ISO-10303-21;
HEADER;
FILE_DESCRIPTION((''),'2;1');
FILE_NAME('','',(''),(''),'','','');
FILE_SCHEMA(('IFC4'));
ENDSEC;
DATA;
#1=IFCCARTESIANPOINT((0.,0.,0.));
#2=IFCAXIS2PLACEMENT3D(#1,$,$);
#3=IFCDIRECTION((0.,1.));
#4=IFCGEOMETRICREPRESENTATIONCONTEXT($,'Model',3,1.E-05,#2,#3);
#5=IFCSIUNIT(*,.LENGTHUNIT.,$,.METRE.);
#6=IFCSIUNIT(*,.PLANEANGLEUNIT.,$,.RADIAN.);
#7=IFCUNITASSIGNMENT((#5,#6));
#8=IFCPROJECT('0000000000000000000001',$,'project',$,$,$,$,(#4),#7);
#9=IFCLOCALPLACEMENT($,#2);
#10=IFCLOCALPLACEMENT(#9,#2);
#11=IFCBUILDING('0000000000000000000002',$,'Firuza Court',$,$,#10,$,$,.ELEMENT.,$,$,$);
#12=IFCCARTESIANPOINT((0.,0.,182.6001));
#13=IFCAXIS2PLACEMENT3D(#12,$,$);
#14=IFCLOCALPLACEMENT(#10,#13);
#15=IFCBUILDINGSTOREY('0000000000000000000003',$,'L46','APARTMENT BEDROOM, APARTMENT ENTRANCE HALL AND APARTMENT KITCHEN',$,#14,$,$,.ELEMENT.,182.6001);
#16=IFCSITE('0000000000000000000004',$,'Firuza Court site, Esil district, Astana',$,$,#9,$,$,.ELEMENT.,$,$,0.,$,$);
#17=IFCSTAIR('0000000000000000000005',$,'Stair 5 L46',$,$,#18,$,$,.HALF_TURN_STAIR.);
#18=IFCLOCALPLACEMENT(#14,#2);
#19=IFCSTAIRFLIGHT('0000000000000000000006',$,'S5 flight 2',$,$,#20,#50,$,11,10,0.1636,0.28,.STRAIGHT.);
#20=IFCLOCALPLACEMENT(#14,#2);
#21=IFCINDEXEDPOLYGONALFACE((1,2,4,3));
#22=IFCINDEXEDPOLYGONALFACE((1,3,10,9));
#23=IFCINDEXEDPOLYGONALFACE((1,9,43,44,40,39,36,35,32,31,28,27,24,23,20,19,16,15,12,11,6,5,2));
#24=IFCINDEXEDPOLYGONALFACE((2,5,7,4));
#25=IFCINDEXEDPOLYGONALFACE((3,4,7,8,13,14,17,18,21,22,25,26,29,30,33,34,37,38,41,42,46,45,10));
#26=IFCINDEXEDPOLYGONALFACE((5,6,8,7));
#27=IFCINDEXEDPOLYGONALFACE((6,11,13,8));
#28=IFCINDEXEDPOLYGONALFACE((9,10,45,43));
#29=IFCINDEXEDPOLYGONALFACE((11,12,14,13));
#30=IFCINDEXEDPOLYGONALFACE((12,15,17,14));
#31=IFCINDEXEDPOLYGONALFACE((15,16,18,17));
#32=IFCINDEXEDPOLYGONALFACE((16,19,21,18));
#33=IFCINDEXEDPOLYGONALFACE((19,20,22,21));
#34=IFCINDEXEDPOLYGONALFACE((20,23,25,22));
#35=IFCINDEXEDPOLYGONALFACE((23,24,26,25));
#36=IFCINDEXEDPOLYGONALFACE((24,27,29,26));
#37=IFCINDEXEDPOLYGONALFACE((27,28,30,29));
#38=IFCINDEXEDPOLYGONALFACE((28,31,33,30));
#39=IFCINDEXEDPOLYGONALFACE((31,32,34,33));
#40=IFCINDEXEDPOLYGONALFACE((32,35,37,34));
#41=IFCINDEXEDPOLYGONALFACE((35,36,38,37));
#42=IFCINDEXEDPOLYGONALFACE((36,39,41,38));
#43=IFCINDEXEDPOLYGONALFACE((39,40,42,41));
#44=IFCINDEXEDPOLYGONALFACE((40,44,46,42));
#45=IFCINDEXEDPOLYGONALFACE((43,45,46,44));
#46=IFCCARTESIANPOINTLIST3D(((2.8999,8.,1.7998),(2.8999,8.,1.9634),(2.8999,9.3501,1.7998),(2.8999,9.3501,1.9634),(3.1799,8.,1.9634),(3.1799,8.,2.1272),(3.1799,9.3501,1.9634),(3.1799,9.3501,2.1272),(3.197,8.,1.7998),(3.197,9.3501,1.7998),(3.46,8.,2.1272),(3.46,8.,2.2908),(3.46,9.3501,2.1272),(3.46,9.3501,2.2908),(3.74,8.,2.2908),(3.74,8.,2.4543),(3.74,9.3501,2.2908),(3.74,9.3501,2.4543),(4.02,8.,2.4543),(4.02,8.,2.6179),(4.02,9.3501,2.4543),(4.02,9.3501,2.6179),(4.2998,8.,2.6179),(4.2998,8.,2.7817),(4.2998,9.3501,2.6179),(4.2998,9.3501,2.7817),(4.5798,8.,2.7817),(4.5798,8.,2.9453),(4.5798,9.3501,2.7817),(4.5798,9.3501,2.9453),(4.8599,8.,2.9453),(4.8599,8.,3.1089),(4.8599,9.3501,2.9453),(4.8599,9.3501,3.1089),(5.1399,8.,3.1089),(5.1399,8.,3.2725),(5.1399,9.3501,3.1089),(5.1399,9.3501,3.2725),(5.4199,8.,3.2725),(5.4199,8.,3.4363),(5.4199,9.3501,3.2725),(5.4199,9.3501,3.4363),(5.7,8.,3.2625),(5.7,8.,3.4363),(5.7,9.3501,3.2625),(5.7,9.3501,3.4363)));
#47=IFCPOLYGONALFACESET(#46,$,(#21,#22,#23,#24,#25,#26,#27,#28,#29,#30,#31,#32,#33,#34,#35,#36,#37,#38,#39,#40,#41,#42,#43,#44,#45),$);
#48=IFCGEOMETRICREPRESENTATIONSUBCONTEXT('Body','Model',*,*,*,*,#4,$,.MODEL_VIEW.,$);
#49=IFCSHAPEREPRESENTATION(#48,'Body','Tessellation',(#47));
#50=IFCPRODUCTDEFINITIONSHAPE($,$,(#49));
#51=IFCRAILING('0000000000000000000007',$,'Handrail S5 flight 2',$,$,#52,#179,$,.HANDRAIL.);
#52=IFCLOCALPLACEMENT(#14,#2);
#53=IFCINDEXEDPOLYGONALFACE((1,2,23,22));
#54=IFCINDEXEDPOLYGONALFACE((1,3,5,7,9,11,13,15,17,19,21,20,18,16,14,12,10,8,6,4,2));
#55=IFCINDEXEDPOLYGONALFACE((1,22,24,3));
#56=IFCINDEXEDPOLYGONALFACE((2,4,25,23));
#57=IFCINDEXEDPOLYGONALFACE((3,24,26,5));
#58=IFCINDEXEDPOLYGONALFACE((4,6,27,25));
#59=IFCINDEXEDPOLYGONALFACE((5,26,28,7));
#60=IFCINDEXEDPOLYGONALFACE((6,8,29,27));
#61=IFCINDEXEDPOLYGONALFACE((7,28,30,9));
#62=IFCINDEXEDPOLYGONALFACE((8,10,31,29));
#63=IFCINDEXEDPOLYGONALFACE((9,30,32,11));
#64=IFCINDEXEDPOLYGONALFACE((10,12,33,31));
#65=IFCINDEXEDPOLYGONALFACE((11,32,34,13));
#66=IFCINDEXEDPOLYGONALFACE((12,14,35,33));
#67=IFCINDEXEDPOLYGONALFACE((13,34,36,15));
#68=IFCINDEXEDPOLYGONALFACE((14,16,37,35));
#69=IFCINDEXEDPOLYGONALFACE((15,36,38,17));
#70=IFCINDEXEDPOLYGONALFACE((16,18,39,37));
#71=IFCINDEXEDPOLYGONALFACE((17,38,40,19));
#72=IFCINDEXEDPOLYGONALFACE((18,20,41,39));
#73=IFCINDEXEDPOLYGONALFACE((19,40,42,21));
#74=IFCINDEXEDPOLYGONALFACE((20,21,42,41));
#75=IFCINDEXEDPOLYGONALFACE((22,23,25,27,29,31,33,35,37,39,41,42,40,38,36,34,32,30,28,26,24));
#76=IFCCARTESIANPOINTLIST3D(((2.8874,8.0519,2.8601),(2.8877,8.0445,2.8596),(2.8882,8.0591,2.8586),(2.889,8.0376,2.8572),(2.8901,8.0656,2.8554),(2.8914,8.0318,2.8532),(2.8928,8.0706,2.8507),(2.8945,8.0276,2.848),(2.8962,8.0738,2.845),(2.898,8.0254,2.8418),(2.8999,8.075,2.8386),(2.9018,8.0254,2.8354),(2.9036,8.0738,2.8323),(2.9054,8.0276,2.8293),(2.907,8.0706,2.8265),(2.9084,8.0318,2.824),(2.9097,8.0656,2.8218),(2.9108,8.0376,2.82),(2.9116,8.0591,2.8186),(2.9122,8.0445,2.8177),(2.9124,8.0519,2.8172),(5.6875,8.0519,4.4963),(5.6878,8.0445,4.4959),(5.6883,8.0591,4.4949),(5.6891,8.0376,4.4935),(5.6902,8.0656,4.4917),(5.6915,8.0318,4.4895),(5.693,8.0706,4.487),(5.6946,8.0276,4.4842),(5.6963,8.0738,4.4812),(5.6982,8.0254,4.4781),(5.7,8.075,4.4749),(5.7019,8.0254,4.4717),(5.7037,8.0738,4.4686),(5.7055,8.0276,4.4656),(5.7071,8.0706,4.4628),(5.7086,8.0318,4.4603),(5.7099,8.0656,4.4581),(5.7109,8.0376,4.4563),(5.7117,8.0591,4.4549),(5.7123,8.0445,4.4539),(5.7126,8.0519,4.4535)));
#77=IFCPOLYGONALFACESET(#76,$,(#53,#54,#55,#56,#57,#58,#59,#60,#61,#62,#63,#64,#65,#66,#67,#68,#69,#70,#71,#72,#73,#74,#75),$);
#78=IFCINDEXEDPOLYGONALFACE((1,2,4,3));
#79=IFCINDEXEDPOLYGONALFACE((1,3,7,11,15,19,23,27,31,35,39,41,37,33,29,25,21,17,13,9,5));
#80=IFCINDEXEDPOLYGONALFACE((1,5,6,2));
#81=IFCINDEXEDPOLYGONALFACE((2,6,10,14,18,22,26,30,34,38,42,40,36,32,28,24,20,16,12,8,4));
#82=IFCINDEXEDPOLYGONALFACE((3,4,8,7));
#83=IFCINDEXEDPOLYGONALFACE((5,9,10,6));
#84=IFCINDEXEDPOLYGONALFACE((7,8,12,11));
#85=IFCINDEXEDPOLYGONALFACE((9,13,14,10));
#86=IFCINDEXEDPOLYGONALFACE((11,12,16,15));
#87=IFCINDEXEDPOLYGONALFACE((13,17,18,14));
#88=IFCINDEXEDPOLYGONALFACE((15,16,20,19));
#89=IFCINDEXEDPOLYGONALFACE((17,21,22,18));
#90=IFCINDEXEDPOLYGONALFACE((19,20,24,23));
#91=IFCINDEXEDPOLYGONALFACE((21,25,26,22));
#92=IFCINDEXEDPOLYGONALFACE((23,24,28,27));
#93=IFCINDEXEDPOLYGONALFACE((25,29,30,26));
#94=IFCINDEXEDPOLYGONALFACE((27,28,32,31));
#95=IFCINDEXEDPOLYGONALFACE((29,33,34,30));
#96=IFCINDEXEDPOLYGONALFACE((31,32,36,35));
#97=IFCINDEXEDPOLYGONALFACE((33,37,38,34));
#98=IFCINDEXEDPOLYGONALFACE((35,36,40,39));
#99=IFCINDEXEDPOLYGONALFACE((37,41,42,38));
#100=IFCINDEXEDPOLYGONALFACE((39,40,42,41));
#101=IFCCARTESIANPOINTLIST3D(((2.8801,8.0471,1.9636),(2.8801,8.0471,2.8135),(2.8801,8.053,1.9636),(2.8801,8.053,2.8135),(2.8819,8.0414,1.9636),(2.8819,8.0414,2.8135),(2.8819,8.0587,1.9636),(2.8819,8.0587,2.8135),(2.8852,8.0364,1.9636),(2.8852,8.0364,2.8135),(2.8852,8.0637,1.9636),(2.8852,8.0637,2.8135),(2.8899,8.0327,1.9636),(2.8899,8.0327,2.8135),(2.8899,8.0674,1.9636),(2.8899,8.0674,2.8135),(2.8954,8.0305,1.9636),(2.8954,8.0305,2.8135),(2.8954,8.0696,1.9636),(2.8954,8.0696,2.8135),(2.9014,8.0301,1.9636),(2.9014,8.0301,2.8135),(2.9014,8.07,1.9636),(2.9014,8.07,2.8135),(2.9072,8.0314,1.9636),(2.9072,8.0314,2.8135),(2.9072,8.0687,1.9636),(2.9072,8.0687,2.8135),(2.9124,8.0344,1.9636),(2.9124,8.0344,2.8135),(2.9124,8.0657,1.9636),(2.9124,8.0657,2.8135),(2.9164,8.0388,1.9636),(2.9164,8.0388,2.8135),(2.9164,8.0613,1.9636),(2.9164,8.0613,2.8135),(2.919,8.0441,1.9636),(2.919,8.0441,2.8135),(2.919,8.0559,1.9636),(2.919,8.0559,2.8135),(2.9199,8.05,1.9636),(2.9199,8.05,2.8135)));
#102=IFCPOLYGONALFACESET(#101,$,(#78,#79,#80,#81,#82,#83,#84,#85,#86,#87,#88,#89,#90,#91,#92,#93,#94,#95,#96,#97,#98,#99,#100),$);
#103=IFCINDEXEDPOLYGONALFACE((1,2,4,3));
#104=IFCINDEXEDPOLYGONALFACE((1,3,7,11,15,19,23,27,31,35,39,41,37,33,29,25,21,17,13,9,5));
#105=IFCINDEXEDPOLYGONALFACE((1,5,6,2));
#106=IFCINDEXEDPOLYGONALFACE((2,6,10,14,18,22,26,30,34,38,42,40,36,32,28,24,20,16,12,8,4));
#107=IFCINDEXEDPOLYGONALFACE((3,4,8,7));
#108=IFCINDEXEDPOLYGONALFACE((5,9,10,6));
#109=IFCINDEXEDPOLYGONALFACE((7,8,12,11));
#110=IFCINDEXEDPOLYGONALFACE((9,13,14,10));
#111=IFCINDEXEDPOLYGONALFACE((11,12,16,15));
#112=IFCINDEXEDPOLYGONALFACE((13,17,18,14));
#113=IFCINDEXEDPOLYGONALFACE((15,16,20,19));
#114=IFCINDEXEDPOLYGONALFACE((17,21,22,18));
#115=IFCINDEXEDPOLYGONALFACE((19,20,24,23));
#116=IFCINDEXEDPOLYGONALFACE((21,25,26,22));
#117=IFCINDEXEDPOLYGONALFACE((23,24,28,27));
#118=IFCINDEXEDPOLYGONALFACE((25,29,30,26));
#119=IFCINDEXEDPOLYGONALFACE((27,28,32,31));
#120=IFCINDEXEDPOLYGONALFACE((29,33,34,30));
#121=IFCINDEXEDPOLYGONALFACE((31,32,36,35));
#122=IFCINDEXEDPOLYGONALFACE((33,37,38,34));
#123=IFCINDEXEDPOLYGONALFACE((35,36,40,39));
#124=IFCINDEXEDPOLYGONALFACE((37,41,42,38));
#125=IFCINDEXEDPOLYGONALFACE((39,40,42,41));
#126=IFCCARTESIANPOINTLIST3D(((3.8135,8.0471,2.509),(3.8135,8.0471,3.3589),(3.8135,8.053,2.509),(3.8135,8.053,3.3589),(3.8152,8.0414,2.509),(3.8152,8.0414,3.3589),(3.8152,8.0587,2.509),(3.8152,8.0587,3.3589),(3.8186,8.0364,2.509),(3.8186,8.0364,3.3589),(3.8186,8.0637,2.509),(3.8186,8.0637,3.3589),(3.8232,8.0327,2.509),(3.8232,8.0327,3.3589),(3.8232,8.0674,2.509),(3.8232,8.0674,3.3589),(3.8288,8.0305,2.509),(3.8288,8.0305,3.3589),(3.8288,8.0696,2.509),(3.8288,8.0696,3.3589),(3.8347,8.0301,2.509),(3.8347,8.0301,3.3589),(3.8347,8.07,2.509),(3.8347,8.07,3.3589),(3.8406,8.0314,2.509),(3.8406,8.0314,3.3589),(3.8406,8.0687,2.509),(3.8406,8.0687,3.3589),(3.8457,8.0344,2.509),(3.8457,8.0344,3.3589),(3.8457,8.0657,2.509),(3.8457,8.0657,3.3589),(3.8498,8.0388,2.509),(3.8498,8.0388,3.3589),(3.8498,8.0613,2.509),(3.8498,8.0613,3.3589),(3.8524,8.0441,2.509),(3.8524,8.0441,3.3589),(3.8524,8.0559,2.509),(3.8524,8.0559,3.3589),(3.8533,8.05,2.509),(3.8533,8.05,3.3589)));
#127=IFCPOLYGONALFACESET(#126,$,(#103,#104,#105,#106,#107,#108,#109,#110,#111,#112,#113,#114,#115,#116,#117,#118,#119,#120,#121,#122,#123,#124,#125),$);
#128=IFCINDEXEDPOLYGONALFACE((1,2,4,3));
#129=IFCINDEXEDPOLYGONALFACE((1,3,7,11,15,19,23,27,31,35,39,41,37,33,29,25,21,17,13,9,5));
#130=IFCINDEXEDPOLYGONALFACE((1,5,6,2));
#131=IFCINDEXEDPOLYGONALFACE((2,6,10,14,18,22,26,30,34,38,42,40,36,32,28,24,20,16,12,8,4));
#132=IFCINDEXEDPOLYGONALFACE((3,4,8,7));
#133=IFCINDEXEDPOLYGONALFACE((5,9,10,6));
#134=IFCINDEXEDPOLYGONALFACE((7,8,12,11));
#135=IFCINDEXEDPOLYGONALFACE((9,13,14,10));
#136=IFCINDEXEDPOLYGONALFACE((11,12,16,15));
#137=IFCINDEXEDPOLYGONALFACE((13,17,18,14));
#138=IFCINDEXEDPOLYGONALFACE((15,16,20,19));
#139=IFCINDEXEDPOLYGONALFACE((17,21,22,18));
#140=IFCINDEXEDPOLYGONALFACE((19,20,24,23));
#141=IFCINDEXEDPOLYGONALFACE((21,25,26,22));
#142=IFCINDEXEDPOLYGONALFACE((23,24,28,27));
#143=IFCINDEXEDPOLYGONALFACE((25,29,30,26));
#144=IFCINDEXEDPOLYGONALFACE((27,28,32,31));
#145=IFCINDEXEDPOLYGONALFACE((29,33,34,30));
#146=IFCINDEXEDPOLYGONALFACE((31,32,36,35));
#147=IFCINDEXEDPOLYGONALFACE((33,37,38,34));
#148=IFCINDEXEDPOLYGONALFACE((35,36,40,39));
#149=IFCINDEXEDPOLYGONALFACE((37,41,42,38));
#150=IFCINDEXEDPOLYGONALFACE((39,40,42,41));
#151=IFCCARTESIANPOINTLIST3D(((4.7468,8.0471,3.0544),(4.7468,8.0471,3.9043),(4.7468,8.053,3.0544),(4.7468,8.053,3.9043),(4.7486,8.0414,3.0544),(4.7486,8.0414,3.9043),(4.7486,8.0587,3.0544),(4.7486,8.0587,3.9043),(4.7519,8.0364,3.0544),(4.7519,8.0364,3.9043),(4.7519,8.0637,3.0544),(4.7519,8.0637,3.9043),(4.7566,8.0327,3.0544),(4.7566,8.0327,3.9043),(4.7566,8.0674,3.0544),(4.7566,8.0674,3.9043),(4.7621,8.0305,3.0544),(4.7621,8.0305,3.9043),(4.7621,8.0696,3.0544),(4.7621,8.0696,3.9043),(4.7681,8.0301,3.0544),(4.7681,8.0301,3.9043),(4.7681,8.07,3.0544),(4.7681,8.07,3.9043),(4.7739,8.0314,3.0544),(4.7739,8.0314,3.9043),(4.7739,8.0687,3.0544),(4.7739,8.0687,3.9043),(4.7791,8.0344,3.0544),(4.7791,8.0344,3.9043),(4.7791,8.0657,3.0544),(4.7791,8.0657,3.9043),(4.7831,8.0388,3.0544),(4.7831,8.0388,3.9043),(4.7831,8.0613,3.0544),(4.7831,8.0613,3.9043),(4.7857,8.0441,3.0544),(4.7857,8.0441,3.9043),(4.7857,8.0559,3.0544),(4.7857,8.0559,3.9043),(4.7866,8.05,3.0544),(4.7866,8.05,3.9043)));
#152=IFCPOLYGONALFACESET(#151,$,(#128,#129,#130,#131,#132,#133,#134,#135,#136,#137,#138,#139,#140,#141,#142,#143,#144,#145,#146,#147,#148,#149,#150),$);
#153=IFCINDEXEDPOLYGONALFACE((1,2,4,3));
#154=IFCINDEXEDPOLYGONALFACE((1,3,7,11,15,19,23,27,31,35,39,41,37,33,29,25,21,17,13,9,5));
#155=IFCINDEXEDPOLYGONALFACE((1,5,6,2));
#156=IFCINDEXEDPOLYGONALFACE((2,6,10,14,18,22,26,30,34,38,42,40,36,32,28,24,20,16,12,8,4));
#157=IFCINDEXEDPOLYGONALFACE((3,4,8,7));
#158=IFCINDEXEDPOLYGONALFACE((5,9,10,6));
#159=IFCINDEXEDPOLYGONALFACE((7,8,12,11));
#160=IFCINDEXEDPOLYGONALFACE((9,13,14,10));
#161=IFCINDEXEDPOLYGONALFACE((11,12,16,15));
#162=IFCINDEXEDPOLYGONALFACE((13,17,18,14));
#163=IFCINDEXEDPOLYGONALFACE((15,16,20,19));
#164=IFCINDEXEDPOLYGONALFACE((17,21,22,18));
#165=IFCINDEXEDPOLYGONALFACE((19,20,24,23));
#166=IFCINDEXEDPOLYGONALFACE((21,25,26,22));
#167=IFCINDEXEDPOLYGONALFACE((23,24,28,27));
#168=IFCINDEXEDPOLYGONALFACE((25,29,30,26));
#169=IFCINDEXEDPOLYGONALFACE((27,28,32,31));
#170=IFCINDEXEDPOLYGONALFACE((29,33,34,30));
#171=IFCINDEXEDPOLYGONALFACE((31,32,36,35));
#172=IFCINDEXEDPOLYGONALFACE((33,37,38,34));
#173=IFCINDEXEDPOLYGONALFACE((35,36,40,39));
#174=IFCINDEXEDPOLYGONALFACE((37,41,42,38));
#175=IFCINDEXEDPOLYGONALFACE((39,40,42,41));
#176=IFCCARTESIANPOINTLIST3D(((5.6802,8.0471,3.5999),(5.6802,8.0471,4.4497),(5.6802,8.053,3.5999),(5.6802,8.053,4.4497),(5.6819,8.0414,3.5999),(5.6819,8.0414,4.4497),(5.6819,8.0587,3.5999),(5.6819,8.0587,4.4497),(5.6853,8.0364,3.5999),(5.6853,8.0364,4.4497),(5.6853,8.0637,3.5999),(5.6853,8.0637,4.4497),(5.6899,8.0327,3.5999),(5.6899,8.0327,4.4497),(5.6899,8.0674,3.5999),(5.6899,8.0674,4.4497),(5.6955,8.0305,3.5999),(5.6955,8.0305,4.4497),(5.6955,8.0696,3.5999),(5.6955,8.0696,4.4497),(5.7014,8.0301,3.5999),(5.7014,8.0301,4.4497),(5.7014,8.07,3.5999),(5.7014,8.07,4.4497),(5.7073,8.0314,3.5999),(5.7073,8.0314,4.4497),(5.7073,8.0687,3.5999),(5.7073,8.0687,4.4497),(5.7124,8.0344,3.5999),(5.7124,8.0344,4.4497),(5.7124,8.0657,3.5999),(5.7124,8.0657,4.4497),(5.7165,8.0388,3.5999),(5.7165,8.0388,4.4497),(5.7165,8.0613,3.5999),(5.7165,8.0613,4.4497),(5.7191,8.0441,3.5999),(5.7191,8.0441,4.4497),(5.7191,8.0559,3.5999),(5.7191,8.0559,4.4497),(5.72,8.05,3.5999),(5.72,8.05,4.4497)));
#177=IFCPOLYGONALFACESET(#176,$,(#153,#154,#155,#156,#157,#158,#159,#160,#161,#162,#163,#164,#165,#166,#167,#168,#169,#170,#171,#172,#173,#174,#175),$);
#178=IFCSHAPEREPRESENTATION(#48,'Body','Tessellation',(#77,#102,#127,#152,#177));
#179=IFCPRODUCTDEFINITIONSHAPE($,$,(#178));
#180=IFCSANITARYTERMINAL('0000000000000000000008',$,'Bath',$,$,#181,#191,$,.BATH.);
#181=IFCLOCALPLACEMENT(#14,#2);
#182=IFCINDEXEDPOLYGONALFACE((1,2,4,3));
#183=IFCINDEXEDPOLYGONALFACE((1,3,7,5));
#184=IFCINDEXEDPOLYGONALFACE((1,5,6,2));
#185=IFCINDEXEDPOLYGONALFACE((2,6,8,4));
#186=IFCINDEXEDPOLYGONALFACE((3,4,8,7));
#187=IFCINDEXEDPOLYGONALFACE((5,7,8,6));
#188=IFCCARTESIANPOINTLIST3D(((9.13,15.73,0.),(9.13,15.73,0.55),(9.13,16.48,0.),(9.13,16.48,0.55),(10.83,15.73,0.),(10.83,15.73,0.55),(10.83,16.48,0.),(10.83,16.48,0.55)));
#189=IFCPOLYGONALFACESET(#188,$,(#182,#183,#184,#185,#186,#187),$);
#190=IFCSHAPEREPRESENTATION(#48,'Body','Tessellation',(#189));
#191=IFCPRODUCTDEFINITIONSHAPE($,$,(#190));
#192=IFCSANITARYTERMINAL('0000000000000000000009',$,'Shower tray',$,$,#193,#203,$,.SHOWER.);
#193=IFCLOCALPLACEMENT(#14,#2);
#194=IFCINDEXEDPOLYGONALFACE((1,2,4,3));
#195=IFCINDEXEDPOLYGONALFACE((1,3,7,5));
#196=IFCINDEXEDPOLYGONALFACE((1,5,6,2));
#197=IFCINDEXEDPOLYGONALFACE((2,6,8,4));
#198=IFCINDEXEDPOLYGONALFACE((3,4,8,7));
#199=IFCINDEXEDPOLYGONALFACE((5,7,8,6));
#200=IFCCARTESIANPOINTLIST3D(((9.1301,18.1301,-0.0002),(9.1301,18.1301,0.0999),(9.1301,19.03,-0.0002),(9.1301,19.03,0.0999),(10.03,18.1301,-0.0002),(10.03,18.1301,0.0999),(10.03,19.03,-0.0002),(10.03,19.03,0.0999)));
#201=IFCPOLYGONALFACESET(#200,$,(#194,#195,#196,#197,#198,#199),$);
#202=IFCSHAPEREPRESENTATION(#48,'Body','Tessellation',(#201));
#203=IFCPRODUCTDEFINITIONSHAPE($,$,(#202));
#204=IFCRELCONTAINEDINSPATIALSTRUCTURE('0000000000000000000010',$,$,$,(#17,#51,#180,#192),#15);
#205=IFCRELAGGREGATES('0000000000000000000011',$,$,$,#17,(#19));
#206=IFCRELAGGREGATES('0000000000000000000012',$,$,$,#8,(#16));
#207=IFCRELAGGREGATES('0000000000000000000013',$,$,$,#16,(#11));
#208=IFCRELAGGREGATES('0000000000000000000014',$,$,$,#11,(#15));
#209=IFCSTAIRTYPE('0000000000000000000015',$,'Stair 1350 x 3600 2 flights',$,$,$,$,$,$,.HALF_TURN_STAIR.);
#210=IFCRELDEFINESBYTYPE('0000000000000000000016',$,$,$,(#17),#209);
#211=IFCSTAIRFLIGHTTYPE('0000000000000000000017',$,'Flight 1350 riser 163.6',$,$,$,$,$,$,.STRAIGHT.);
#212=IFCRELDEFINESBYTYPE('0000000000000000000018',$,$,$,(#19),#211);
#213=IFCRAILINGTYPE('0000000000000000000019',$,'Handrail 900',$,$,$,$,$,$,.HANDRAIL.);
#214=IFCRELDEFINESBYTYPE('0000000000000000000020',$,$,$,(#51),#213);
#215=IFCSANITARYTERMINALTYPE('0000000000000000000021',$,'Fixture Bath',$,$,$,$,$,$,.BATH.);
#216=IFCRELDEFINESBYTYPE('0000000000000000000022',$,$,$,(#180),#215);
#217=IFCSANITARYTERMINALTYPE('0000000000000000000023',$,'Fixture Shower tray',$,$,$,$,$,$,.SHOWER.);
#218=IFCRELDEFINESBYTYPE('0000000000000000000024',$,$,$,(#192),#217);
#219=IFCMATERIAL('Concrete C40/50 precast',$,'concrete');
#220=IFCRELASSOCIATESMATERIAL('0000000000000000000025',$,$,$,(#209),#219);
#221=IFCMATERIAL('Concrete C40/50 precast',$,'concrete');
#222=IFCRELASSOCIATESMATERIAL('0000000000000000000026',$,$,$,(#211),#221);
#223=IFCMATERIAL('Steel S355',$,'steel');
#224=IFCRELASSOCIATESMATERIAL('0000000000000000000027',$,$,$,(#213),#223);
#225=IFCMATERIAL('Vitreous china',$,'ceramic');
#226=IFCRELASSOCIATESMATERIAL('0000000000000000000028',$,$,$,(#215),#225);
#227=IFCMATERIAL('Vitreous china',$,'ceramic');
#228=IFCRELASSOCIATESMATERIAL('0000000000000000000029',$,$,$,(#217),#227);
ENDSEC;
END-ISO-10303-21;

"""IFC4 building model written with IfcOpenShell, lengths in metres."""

from ifc_helpers import new_model, si_unit, direction, frame, origin, origin_2d, place, context, subcontext, project, spatial, polyline, rectangle, circle, outline, extrude, material, type_object, element, aggregate, save


model = new_model("IFC4")

# Units and contexts
model_context = context("Model", 3, precision=1e-05, world=origin(), true_north=direction((0.0, 1.0)))
body_context = subcontext(model_context, "Body", "Model", "MODEL_VIEW")
ifc_project = project(units=[si_unit("LENGTHUNIT", "METRE"), si_unit("PLANEANGLEUNIT", "RADIAN")], contexts=[model_context])

# Site, building, storey
site_placement = place(None, origin())
site = spatial("IfcSite", under=ifc_project, at=site_placement, Name="Firuza Court site, Esil district, Astana", CompositionType="ELEMENT", RefElevation=0.0)
building_placement = place(site_placement, origin())
building = spatial("IfcBuilding", under=site, at=building_placement, Name="Firuza Court", CompositionType="ELEMENT")
storey_placement = place(building_placement, frame((0.0, 0.0, 182.6001)))
storey = spatial("IfcBuildingStorey", under=building, at=storey_placement, Name="L46", Description="APARTMENT BEDROOM, APARTMENT ENTRANCE HALL AND APARTMENT KITCHEN", CompositionType="ELEMENT", Elevation=182.6001)

# Stair, stair flight
ifc_material_1 = material(Name="Concrete C40/50 precast", Category="concrete")
stair_type = type_object("IfcStairType", Name="Stair 1350 x 3600 2 flights", PredefinedType="HALF_TURN_STAIR", material=ifc_material_1)
stair_placement = place(storey_placement, origin())
stair = element("IfcStair", 1, at=stair_placement, inside=storey, type_object=stair_type, Name="Stair 5 L46", PredefinedType="HALF_TURN_STAIR")
ifc_material_2 = material(Name="Concrete C40/50 precast", Category="concrete")
stair_flight_type = type_object("IfcStairFlightType", Name="Flight 1350 riser 163.6", PredefinedType="STRAIGHT", material=ifc_material_2)
stair_flight_placement = place(storey_placement, frame((2.8999, 8.675, 1.7998), z_axis=(0.0, 0.0, 1.0), x_axis=(1.0, 0.0, 0.0)))
stair_flight = element("IfcStairFlight", 2, at=stair_flight_placement, type_object=stair_flight_type, Name="S5 flight 2", NumberOfRisers=11, NumberOfTreads=10, PredefinedType="STRAIGHT", RiserHeight=0.1636, TreadLength=0.28, context=body_context, shape_type="SweptSolid", body=[
    extrude(outline(polyline([(0.0, 0.0), (0.0, 0.1636), (0.28, 0.1636), (0.28, 0.3274), (0.5601, 0.3274), (0.5601, 0.491), (0.8401, 0.491), (0.8401, 0.6545), (1.1201, 0.6545), (1.1201, 0.8181), (1.3999, 0.8181), (1.3999, 0.9819), (1.6799, 0.9819), (1.6799, 1.1455), (1.96, 1.1455), (1.96, 1.3091), (2.24, 1.3091), (2.24, 1.4727), (2.52, 1.4727), (2.52, 1.6365), (2.8, 1.6365), (2.8, 1.8), (2.8, 1.4626), (0.2971, 0.0), (0.0, 0.0)])), frame((0.0, 0.675, 0.0), z_axis=(0.0, -1.0, 0.0), x_axis=(1.0, 0.0, 0.0)), (0.0, 0.0, 1.0), 1.3501),
])
aggregate(stair, [stair_flight])

# Railing
ifc_material_3 = material(Name="Steel S355", Category="steel")
railing_type = type_object("IfcRailingType", Name="Handrail 900", PredefinedType="HANDRAIL", material=ifc_material_3)
railing_placement = place(storey_placement, frame((2.8999, 8.05, 1.9636)))
element("IfcRailing", 3, at=railing_placement, inside=storey, type_object=railing_type, Name="Handrail S5 flight 2", PredefinedType="HANDRAIL", context=body_context, shape_type="SweptSolid", body=[
    extrude(circle(Radius=0.0249, at=origin_2d()), frame((0.0, 0.0, 0.875), z_axis=(0.863394, 0.0, 0.504531), x_axis=(0.0, 1.0, 0.0)), (0.0, 0.0, 1.0), 3.2432),
    extrude(circle(Radius=0.02, at=origin_2d()), origin(), (0.0, 0.0, 1.0), 0.8499),
    extrude(circle(Radius=0.02, at=origin_2d()), frame((0.9333, 0.0, 0.5454)), (0.0, 0.0, 1.0), 0.8499),
    extrude(circle(Radius=0.02, at=origin_2d()), frame((1.8667, 0.0, 1.0908)), (0.0, 0.0, 1.0), 0.8499),
    extrude(circle(Radius=0.02, at=origin_2d()), frame((2.8, 0.0, 1.6362)), (0.0, 0.0, 1.0), 0.8499),
])

# Sanitary terminals
ifc_material_4 = material(Name="Vitreous china", Category="ceramic")
sanitary_terminal_type_1 = type_object("IfcSanitaryTerminalType", Name="Fixture Bath", PredefinedType="BATH", material=ifc_material_4)
sanitary_terminal_1_placement = place(storey_placement, frame((9.98, 16.105, 0.0), z_axis=(0.0, 0.0, 1.0), x_axis=(1.0, 0.0, 0.0)))
element("IfcSanitaryTerminal", 4, at=sanitary_terminal_1_placement, inside=storey, type_object=sanitary_terminal_type_1, Name="Bath", PredefinedType="BATH", context=body_context, shape_type="SweptSolid", body=[
    extrude(rectangle(XDim=1.7, YDim=0.75, at=origin_2d()), origin(), (0.0, 0.0, 1.0), 0.55),
])
ifc_material_5 = material(Name="Vitreous china", Category="ceramic")
sanitary_terminal_type_2 = type_object("IfcSanitaryTerminalType", Name="Fixture Shower tray", PredefinedType="SHOWER", material=ifc_material_5)
sanitary_terminal_2_placement = place(storey_placement, frame((9.5801, 18.5801, -0.0002), z_axis=(0.0, 0.0, 1.0), x_axis=(1.0, 0.0, 0.0)))
element("IfcSanitaryTerminal", 5, at=sanitary_terminal_2_placement, inside=storey, type_object=sanitary_terminal_type_2, Name="Shower tray", PredefinedType="SHOWER", context=body_context, shape_type="SweptSolid", body=[
    extrude(rectangle(XDim=0.8999, YDim=0.8999, at=origin_2d()), origin(), (0.0, 0.0, 1.0), 0.1001),
])

save(model, "model.ifc")
